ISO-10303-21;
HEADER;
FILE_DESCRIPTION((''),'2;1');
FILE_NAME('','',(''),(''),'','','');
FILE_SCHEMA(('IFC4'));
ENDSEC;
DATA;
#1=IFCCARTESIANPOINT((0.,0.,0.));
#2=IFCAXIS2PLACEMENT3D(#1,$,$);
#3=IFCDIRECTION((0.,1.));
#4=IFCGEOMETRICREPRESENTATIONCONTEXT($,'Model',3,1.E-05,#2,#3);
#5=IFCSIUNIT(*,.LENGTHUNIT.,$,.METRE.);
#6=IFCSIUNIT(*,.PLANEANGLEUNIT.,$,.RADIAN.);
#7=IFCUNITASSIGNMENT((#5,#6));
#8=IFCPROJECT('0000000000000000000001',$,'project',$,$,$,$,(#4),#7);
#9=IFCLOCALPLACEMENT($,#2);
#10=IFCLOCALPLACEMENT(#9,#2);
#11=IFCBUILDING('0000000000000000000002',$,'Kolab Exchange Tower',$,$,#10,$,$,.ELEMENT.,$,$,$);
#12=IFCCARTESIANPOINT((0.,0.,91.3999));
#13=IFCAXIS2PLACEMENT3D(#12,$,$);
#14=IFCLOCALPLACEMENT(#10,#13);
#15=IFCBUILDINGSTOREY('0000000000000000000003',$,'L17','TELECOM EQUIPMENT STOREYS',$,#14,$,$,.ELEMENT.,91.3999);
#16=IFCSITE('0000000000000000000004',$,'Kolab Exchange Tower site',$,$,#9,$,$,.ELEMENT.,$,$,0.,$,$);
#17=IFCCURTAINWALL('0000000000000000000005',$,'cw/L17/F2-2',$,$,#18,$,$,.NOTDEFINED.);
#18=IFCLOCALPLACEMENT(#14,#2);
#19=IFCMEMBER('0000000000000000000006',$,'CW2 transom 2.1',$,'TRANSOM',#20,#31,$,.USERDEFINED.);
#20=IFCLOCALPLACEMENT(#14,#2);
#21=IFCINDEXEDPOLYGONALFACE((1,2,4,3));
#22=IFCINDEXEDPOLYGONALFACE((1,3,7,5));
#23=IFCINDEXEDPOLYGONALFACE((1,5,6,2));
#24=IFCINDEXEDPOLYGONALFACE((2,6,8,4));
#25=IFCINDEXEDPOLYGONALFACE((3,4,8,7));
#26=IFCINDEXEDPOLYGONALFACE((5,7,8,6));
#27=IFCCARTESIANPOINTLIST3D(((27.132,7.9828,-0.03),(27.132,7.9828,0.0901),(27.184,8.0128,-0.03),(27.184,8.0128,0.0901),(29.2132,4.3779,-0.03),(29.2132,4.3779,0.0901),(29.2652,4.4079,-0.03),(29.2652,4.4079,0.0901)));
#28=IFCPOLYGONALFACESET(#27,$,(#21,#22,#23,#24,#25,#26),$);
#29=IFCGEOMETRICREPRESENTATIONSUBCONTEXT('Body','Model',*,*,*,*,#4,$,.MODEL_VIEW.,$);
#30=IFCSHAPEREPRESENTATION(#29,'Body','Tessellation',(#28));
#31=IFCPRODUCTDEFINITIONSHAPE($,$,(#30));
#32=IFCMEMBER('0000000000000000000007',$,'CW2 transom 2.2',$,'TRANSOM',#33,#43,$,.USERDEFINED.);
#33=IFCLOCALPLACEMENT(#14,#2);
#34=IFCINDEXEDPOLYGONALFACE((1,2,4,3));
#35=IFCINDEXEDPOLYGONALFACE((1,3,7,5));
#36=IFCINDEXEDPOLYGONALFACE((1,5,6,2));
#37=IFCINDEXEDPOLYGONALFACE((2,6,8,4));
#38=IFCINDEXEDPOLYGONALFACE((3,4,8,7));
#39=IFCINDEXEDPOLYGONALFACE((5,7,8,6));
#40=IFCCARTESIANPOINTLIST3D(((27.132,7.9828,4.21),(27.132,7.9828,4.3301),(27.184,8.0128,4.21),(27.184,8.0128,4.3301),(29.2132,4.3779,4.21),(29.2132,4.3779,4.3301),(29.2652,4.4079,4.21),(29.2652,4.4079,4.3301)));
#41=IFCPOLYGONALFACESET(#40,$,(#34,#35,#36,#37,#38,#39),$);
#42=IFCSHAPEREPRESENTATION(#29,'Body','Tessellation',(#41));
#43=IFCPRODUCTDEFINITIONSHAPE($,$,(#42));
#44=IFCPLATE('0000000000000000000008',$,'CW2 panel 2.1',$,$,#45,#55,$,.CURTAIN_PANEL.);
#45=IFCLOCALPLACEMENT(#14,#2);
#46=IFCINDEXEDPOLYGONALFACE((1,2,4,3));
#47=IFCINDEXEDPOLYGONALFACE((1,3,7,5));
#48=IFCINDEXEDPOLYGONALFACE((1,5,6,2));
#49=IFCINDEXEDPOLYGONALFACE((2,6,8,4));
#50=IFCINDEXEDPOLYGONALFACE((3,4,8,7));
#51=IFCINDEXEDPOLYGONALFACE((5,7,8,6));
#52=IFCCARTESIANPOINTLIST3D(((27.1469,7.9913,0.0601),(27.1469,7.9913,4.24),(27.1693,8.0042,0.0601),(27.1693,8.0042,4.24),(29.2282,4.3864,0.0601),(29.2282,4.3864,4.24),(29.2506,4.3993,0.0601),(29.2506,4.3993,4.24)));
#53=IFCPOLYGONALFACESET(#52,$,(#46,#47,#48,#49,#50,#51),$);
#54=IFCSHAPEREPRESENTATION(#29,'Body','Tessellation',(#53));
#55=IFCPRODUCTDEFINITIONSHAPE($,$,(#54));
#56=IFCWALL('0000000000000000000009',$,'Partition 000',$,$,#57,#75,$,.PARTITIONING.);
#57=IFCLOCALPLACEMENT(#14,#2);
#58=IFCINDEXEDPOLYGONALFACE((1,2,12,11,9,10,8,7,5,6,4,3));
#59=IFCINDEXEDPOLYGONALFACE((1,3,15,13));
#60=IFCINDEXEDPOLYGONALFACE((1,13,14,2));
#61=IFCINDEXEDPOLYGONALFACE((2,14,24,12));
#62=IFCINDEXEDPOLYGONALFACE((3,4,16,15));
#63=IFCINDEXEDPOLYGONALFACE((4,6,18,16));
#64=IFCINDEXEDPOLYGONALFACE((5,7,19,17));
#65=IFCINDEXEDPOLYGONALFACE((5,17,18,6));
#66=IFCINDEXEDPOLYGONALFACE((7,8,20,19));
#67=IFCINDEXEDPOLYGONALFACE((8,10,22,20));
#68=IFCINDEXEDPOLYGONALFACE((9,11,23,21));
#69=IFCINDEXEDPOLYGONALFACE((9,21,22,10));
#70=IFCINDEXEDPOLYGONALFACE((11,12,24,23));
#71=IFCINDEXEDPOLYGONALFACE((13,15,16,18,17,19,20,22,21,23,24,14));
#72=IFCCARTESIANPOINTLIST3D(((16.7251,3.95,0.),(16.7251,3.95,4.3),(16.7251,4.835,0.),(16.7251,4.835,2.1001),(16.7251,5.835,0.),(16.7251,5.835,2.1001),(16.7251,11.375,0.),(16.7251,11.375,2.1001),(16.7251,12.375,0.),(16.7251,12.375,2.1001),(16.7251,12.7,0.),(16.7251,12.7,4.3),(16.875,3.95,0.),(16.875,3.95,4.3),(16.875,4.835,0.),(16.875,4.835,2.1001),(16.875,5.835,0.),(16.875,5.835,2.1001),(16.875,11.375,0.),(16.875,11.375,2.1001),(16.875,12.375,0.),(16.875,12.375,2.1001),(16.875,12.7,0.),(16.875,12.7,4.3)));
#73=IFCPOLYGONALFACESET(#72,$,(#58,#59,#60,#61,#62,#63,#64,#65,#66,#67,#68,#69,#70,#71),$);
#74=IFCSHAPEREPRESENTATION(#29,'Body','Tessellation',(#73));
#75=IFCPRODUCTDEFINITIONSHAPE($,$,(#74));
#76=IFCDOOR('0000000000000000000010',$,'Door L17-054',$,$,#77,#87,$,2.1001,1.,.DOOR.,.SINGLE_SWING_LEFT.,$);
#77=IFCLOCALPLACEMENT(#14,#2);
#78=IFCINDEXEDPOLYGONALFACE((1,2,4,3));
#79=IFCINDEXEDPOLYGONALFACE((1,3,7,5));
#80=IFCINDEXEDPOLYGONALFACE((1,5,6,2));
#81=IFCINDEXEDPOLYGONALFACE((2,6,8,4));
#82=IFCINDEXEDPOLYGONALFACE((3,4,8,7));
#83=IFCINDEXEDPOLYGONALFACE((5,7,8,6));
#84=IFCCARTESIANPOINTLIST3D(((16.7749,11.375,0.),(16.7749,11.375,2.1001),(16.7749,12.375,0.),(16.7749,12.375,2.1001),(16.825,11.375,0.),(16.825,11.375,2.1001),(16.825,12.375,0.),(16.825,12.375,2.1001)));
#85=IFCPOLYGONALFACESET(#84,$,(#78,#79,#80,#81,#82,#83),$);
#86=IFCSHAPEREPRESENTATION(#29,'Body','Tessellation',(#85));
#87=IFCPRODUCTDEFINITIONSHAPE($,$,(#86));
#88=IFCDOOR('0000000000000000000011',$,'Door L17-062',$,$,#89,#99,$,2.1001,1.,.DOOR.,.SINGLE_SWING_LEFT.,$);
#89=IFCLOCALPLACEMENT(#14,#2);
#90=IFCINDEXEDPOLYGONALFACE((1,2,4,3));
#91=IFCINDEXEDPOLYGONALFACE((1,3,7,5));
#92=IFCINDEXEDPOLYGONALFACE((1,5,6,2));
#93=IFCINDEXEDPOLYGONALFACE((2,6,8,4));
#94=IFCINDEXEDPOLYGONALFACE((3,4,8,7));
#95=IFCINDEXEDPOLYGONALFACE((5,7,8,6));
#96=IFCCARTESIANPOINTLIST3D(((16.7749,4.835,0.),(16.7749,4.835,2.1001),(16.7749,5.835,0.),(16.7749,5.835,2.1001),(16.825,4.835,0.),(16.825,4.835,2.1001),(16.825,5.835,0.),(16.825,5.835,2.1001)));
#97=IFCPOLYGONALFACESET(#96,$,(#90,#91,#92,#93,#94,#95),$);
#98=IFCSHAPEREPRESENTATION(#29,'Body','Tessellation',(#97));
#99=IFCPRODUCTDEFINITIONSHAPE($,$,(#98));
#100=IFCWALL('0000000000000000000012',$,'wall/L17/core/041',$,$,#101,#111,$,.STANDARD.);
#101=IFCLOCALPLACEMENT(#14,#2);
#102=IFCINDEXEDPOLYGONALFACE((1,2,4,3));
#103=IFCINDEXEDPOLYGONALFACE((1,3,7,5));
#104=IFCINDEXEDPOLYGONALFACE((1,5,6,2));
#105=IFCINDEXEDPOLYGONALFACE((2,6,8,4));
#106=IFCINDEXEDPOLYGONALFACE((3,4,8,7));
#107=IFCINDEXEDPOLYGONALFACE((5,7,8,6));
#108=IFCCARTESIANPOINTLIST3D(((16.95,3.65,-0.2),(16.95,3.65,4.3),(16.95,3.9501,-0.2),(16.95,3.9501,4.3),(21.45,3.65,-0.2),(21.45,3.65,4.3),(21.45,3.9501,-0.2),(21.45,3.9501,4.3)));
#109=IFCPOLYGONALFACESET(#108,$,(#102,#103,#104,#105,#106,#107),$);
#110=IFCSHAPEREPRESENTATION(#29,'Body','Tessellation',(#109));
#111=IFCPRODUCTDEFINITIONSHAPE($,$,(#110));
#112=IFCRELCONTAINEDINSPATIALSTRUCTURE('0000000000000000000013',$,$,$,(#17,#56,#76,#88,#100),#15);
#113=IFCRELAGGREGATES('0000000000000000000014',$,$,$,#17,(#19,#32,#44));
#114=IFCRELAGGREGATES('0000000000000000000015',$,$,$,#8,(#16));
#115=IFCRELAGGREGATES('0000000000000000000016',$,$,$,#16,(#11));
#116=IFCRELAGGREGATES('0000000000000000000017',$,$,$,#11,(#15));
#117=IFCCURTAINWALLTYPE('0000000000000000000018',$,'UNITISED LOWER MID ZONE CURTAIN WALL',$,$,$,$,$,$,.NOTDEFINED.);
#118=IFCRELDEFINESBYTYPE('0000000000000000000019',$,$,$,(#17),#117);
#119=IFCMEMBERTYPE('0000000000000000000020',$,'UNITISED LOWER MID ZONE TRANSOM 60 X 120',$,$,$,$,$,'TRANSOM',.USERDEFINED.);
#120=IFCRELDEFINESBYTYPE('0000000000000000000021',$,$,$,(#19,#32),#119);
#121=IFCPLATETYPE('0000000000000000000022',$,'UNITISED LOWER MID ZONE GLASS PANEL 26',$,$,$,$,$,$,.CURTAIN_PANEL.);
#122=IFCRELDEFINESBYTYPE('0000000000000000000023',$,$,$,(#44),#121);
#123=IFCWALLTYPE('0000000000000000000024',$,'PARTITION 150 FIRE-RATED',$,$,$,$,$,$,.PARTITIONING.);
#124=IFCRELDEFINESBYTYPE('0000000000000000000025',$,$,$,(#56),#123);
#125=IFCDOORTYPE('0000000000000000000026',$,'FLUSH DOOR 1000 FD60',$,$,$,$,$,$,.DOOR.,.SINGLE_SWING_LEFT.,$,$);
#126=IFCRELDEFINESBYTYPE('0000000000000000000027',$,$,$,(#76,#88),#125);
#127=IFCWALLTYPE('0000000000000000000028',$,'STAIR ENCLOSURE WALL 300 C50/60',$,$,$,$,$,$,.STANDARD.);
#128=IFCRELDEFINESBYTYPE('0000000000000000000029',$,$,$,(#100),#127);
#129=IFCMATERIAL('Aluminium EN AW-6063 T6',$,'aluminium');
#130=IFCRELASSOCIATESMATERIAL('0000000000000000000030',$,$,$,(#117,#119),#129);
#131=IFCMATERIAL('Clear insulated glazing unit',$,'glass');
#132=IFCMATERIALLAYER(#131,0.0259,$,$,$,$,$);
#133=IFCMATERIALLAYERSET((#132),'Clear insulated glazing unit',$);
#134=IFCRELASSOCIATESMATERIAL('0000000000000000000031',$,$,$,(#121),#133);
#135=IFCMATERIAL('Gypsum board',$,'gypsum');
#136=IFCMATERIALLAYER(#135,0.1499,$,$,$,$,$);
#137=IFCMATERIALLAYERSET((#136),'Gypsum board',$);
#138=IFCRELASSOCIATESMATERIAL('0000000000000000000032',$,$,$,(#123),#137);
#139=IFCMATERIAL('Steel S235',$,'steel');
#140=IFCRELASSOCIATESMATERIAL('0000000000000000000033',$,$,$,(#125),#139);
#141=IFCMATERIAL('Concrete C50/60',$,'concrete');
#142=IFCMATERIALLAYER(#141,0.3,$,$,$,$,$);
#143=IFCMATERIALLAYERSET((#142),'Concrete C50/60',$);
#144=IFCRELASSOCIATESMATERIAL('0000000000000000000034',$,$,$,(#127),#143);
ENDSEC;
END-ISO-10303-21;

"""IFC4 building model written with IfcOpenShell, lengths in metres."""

from ifc_helpers import new_model, si_unit, direction, frame, frame_2d, origin, origin_2d, place, context, subcontext, project, spatial, rectangle, extrude, material, layer, layer_set, material_profile, profile_set, type_object, element, fill, aggregate, save


model = new_model("IFC4")

# Units and contexts
model_context = context("Model", 3, precision=1e-05, world=origin(), true_north=direction((0.0, 1.0)))
body_context = subcontext(model_context, "Body", "Model", "MODEL_VIEW")
ifc_project = project(units=[si_unit("LENGTHUNIT", "METRE"), si_unit("PLANEANGLEUNIT", "RADIAN")], contexts=[model_context])

# Site, building, storey
site_placement = place(None, origin())
site = spatial("IfcSite", under=ifc_project, at=site_placement, Name="Kolab Exchange Tower site", CompositionType="ELEMENT", RefElevation=0.0)
building_placement = place(site_placement, origin())
building = spatial("IfcBuilding", under=site, at=building_placement, Name="Kolab Exchange Tower", CompositionType="ELEMENT")
storey_placement = place(building_placement, frame((0.0, 0.0, 91.3999)))
storey = spatial("IfcBuildingStorey", under=building, at=storey_placement, Name="L17", Description="TELECOM EQUIPMENT STOREYS", CompositionType="ELEMENT", Elevation=91.3999)

# Curtain wall, members, plate
ifc_material_1 = material(Name="Aluminium EN AW-6063 T6", Category="aluminium")
curtain_wall_type = type_object("IfcCurtainWallType", Name="UNITISED LOWER MID ZONE CURTAIN WALL", PredefinedType="NOTDEFINED", material=ifc_material_1)
curtain_wall_placement = place(storey_placement, origin())
curtain_wall = element("IfcCurtainWall", 1, at=curtain_wall_placement, inside=storey, type_object=curtain_wall_type, Name="cw/L17/F2-2", PredefinedType="NOTDEFINED")
ifc_material_profile_1 = material_profile(ifc_material_1, rectangle(XDim=0.0601, YDim=0.1201, at=origin_2d()), Name="RECT 60X120")
ifc_profile_set_1 = profile_set([ifc_material_profile_1], Name="Aluminium EN AW-6063 T6")
member_type_1 = type_object("IfcMemberType", Name="UNITISED LOWER MID ZONE TRANSOM 60 X 120", ElementType="TRANSOM", PredefinedType="USERDEFINED", material=ifc_profile_set_1)
member_1_placement = place(storey_placement, frame((27.158, 7.9978, 0.03), z_axis=(0.499993, -0.866029, 0.0), x_axis=(0.866029, 0.499993, 0.0)))
member_1 = element("IfcMember", 2, at=member_1_placement, type_object=member_type_1, Name="CW2 transom 2.1", ObjectType="TRANSOM", PredefinedType="USERDEFINED", context=body_context, shape_type="SweptSolid", body=[
    extrude(rectangle(XDim=0.0601, YDim=0.1201, at=origin_2d()), origin(), (0.0, 0.0, 1.0), 4.1626),
])
member_2_placement = place(storey_placement, frame((27.158, 7.9978, 4.27), z_axis=(0.499993, -0.866029, 0.0), x_axis=(0.866029, 0.499993, 0.0)))
member_2 = element("IfcMember", 3, at=member_2_placement, type_object=member_type_1, Name="CW2 transom 2.2", ObjectType="TRANSOM", PredefinedType="USERDEFINED", context=body_context, shape_type="SweptSolid", body=[
    extrude(rectangle(XDim=0.0601, YDim=0.1201, at=origin_2d()), origin(), (0.0, 0.0, 1.0), 4.1626),
])
ifc_material_2 = material(Name="Clear insulated glazing unit", Category="glass")
ifc_layer_1 = layer(ifc_material_2, 0.0259)
ifc_layer_set_1 = layer_set([ifc_layer_1], Name="Clear insulated glazing unit")
plate_type = type_object("IfcPlateType", Name="UNITISED LOWER MID ZONE GLASS PANEL 26", PredefinedType="CURTAIN_PANEL", material=ifc_layer_set_1)
plate_placement = place(storey_placement, frame((28.1987, 6.1953, 0.0601), z_axis=(0.0, 0.0, 1.0), x_axis=(0.5, -0.866025, 0.0)))
plate = element("IfcPlate", 4, at=plate_placement, type_object=plate_type, Name="CW2 panel 2.1", PredefinedType="CURTAIN_PANEL", context=body_context, shape_type="SweptSolid", body=[
    extrude(rectangle(XDim=4.1626, YDim=0.0259, at=origin_2d()), origin(), (0.0, 0.0, 1.0), 4.1799),
])
aggregate(curtain_wall, [member_1, member_2, plate])

# Wall, openings, doors
ifc_material_3 = material(Name="Gypsum board", Category="gypsum")
ifc_layer_2 = layer(ifc_material_3, 0.1499)
ifc_layer_set_2 = layer_set([ifc_layer_2], Name="Gypsum board")
wall_type_1 = type_object("IfcWallType", Name="PARTITION 150 FIRE-RATED", PredefinedType="PARTITIONING", material=ifc_layer_set_2)
wall_1_placement = place(storey_placement, frame((16.8, 3.95, 0.0), z_axis=(0.0, 0.0, 1.0), x_axis=(0.0, 1.0, 0.0)))
wall_1 = element("IfcWall", 5, at=wall_1_placement, inside=storey, type_object=wall_type_1, Name="Partition 000", PredefinedType="PARTITIONING", context=body_context, shape_type="SweptSolid", body=[
    extrude(rectangle(XDim=8.75, YDim=0.1499, at=frame_2d((4.375, 0.0))), origin(), (0.0, 0.0, 1.0), 4.3),
])
opening_1_placement = place(wall_1_placement, frame((7.425, 0.0, 0.0)))
opening_1 = element("IfcOpeningElement", 6, at=opening_1_placement, cuts=wall_1, PredefinedType="OPENING", context=body_context, shape_type="SweptSolid", body=[
    extrude(rectangle(XDim=1.0, YDim=2.1001, at=frame_2d((0.5, 1.05))), frame((0.0, 0.085, 0.0), z_axis=(0.0, -1.0, 0.0), x_axis=(1.0, 0.0, 0.0)), (0.0, 0.0, 1.0), 0.1699),
])
opening_2_placement = place(wall_1_placement, frame((0.885, 0.0, 0.0)))
opening_2 = element("IfcOpeningElement", 7, at=opening_2_placement, cuts=wall_1, PredefinedType="OPENING", context=body_context, shape_type="SweptSolid", body=[
    extrude(rectangle(XDim=1.0, YDim=2.1001, at=frame_2d((0.5, 1.05))), frame((0.0, 0.085, 0.0), z_axis=(0.0, -1.0, 0.0), x_axis=(1.0, 0.0, 0.0)), (0.0, 0.0, 1.0), 0.1699),
])
ifc_material_4 = material(Name="Steel S235", Category="steel")
door_type = type_object("IfcDoorType", Name="FLUSH DOOR 1000 FD60", OperationType="SINGLE_SWING_LEFT", PredefinedType="DOOR", material=ifc_material_4)
door_1_placement = place(opening_1_placement, frame((1.0, 0.0, 0.0), z_axis=(0.0, 0.0, 1.0), x_axis=(-1.0, 0.0, 0.0)))
door_1 = element("IfcDoor", 8, at=door_1_placement, inside=storey, type_object=door_type, Name="Door L17-054", OperationType="SINGLE_SWING_LEFT", OverallHeight=2.1001, OverallWidth=1.0, PredefinedType="DOOR", context=body_context, shape_type="SweptSolid", body=[
    extrude(rectangle(XDim=1.0, YDim=2.1001, at=frame_2d((0.5, 1.05))), frame((0.0, 0.0249, 0.0), z_axis=(0.0, -1.0, 0.0), x_axis=(1.0, 0.0, 0.0)), (0.0, 0.0, 1.0), 0.05),
])
fill(opening_1, door_1)
door_2_placement = place(opening_2_placement, frame((1.0, 0.0, 0.0), z_axis=(0.0, 0.0, 1.0), x_axis=(-1.0, 0.0, 0.0)))
door_2 = element("IfcDoor", 9, at=door_2_placement, inside=storey, type_object=door_type, Name="Door L17-062", OperationType="SINGLE_SWING_LEFT", OverallHeight=2.1001, OverallWidth=1.0, PredefinedType="DOOR", context=body_context, shape_type="SweptSolid", body=[
    extrude(rectangle(XDim=1.0, YDim=2.1001, at=frame_2d((0.5, 1.05))), frame((0.0, 0.0249, 0.0), z_axis=(0.0, -1.0, 0.0), x_axis=(1.0, 0.0, 0.0)), (0.0, 0.0, 1.0), 0.05),
])
fill(opening_2, door_2)

# Wall
ifc_material_5 = material(Name="Concrete C50/60", Category="concrete")
ifc_layer_3 = layer(ifc_material_5, 0.3)
ifc_layer_set_3 = layer_set([ifc_layer_3], Name="Concrete C50/60")
wall_type_2 = type_object("IfcWallType", Name="STAIR ENCLOSURE WALL 300 C50/60", PredefinedType="STANDARD", material=ifc_layer_set_3)
wall_2_placement = place(storey_placement, frame((16.95, 3.8, -0.2), z_axis=(0.0, 0.0, 1.0), x_axis=(1.0, 0.0, 0.0)))
element("IfcWall", 10, at=wall_2_placement, inside=storey, type_object=wall_type_2, Name="wall/L17/core/041", PredefinedType="STANDARD", context=body_context, shape_type="SweptSolid", body=[
    extrude(rectangle(XDim=4.5, YDim=0.3, at=frame_2d((2.25, 0.0))), origin(), (0.0, 0.0, 1.0), 4.5),
])

save(model, "model.ifc")
